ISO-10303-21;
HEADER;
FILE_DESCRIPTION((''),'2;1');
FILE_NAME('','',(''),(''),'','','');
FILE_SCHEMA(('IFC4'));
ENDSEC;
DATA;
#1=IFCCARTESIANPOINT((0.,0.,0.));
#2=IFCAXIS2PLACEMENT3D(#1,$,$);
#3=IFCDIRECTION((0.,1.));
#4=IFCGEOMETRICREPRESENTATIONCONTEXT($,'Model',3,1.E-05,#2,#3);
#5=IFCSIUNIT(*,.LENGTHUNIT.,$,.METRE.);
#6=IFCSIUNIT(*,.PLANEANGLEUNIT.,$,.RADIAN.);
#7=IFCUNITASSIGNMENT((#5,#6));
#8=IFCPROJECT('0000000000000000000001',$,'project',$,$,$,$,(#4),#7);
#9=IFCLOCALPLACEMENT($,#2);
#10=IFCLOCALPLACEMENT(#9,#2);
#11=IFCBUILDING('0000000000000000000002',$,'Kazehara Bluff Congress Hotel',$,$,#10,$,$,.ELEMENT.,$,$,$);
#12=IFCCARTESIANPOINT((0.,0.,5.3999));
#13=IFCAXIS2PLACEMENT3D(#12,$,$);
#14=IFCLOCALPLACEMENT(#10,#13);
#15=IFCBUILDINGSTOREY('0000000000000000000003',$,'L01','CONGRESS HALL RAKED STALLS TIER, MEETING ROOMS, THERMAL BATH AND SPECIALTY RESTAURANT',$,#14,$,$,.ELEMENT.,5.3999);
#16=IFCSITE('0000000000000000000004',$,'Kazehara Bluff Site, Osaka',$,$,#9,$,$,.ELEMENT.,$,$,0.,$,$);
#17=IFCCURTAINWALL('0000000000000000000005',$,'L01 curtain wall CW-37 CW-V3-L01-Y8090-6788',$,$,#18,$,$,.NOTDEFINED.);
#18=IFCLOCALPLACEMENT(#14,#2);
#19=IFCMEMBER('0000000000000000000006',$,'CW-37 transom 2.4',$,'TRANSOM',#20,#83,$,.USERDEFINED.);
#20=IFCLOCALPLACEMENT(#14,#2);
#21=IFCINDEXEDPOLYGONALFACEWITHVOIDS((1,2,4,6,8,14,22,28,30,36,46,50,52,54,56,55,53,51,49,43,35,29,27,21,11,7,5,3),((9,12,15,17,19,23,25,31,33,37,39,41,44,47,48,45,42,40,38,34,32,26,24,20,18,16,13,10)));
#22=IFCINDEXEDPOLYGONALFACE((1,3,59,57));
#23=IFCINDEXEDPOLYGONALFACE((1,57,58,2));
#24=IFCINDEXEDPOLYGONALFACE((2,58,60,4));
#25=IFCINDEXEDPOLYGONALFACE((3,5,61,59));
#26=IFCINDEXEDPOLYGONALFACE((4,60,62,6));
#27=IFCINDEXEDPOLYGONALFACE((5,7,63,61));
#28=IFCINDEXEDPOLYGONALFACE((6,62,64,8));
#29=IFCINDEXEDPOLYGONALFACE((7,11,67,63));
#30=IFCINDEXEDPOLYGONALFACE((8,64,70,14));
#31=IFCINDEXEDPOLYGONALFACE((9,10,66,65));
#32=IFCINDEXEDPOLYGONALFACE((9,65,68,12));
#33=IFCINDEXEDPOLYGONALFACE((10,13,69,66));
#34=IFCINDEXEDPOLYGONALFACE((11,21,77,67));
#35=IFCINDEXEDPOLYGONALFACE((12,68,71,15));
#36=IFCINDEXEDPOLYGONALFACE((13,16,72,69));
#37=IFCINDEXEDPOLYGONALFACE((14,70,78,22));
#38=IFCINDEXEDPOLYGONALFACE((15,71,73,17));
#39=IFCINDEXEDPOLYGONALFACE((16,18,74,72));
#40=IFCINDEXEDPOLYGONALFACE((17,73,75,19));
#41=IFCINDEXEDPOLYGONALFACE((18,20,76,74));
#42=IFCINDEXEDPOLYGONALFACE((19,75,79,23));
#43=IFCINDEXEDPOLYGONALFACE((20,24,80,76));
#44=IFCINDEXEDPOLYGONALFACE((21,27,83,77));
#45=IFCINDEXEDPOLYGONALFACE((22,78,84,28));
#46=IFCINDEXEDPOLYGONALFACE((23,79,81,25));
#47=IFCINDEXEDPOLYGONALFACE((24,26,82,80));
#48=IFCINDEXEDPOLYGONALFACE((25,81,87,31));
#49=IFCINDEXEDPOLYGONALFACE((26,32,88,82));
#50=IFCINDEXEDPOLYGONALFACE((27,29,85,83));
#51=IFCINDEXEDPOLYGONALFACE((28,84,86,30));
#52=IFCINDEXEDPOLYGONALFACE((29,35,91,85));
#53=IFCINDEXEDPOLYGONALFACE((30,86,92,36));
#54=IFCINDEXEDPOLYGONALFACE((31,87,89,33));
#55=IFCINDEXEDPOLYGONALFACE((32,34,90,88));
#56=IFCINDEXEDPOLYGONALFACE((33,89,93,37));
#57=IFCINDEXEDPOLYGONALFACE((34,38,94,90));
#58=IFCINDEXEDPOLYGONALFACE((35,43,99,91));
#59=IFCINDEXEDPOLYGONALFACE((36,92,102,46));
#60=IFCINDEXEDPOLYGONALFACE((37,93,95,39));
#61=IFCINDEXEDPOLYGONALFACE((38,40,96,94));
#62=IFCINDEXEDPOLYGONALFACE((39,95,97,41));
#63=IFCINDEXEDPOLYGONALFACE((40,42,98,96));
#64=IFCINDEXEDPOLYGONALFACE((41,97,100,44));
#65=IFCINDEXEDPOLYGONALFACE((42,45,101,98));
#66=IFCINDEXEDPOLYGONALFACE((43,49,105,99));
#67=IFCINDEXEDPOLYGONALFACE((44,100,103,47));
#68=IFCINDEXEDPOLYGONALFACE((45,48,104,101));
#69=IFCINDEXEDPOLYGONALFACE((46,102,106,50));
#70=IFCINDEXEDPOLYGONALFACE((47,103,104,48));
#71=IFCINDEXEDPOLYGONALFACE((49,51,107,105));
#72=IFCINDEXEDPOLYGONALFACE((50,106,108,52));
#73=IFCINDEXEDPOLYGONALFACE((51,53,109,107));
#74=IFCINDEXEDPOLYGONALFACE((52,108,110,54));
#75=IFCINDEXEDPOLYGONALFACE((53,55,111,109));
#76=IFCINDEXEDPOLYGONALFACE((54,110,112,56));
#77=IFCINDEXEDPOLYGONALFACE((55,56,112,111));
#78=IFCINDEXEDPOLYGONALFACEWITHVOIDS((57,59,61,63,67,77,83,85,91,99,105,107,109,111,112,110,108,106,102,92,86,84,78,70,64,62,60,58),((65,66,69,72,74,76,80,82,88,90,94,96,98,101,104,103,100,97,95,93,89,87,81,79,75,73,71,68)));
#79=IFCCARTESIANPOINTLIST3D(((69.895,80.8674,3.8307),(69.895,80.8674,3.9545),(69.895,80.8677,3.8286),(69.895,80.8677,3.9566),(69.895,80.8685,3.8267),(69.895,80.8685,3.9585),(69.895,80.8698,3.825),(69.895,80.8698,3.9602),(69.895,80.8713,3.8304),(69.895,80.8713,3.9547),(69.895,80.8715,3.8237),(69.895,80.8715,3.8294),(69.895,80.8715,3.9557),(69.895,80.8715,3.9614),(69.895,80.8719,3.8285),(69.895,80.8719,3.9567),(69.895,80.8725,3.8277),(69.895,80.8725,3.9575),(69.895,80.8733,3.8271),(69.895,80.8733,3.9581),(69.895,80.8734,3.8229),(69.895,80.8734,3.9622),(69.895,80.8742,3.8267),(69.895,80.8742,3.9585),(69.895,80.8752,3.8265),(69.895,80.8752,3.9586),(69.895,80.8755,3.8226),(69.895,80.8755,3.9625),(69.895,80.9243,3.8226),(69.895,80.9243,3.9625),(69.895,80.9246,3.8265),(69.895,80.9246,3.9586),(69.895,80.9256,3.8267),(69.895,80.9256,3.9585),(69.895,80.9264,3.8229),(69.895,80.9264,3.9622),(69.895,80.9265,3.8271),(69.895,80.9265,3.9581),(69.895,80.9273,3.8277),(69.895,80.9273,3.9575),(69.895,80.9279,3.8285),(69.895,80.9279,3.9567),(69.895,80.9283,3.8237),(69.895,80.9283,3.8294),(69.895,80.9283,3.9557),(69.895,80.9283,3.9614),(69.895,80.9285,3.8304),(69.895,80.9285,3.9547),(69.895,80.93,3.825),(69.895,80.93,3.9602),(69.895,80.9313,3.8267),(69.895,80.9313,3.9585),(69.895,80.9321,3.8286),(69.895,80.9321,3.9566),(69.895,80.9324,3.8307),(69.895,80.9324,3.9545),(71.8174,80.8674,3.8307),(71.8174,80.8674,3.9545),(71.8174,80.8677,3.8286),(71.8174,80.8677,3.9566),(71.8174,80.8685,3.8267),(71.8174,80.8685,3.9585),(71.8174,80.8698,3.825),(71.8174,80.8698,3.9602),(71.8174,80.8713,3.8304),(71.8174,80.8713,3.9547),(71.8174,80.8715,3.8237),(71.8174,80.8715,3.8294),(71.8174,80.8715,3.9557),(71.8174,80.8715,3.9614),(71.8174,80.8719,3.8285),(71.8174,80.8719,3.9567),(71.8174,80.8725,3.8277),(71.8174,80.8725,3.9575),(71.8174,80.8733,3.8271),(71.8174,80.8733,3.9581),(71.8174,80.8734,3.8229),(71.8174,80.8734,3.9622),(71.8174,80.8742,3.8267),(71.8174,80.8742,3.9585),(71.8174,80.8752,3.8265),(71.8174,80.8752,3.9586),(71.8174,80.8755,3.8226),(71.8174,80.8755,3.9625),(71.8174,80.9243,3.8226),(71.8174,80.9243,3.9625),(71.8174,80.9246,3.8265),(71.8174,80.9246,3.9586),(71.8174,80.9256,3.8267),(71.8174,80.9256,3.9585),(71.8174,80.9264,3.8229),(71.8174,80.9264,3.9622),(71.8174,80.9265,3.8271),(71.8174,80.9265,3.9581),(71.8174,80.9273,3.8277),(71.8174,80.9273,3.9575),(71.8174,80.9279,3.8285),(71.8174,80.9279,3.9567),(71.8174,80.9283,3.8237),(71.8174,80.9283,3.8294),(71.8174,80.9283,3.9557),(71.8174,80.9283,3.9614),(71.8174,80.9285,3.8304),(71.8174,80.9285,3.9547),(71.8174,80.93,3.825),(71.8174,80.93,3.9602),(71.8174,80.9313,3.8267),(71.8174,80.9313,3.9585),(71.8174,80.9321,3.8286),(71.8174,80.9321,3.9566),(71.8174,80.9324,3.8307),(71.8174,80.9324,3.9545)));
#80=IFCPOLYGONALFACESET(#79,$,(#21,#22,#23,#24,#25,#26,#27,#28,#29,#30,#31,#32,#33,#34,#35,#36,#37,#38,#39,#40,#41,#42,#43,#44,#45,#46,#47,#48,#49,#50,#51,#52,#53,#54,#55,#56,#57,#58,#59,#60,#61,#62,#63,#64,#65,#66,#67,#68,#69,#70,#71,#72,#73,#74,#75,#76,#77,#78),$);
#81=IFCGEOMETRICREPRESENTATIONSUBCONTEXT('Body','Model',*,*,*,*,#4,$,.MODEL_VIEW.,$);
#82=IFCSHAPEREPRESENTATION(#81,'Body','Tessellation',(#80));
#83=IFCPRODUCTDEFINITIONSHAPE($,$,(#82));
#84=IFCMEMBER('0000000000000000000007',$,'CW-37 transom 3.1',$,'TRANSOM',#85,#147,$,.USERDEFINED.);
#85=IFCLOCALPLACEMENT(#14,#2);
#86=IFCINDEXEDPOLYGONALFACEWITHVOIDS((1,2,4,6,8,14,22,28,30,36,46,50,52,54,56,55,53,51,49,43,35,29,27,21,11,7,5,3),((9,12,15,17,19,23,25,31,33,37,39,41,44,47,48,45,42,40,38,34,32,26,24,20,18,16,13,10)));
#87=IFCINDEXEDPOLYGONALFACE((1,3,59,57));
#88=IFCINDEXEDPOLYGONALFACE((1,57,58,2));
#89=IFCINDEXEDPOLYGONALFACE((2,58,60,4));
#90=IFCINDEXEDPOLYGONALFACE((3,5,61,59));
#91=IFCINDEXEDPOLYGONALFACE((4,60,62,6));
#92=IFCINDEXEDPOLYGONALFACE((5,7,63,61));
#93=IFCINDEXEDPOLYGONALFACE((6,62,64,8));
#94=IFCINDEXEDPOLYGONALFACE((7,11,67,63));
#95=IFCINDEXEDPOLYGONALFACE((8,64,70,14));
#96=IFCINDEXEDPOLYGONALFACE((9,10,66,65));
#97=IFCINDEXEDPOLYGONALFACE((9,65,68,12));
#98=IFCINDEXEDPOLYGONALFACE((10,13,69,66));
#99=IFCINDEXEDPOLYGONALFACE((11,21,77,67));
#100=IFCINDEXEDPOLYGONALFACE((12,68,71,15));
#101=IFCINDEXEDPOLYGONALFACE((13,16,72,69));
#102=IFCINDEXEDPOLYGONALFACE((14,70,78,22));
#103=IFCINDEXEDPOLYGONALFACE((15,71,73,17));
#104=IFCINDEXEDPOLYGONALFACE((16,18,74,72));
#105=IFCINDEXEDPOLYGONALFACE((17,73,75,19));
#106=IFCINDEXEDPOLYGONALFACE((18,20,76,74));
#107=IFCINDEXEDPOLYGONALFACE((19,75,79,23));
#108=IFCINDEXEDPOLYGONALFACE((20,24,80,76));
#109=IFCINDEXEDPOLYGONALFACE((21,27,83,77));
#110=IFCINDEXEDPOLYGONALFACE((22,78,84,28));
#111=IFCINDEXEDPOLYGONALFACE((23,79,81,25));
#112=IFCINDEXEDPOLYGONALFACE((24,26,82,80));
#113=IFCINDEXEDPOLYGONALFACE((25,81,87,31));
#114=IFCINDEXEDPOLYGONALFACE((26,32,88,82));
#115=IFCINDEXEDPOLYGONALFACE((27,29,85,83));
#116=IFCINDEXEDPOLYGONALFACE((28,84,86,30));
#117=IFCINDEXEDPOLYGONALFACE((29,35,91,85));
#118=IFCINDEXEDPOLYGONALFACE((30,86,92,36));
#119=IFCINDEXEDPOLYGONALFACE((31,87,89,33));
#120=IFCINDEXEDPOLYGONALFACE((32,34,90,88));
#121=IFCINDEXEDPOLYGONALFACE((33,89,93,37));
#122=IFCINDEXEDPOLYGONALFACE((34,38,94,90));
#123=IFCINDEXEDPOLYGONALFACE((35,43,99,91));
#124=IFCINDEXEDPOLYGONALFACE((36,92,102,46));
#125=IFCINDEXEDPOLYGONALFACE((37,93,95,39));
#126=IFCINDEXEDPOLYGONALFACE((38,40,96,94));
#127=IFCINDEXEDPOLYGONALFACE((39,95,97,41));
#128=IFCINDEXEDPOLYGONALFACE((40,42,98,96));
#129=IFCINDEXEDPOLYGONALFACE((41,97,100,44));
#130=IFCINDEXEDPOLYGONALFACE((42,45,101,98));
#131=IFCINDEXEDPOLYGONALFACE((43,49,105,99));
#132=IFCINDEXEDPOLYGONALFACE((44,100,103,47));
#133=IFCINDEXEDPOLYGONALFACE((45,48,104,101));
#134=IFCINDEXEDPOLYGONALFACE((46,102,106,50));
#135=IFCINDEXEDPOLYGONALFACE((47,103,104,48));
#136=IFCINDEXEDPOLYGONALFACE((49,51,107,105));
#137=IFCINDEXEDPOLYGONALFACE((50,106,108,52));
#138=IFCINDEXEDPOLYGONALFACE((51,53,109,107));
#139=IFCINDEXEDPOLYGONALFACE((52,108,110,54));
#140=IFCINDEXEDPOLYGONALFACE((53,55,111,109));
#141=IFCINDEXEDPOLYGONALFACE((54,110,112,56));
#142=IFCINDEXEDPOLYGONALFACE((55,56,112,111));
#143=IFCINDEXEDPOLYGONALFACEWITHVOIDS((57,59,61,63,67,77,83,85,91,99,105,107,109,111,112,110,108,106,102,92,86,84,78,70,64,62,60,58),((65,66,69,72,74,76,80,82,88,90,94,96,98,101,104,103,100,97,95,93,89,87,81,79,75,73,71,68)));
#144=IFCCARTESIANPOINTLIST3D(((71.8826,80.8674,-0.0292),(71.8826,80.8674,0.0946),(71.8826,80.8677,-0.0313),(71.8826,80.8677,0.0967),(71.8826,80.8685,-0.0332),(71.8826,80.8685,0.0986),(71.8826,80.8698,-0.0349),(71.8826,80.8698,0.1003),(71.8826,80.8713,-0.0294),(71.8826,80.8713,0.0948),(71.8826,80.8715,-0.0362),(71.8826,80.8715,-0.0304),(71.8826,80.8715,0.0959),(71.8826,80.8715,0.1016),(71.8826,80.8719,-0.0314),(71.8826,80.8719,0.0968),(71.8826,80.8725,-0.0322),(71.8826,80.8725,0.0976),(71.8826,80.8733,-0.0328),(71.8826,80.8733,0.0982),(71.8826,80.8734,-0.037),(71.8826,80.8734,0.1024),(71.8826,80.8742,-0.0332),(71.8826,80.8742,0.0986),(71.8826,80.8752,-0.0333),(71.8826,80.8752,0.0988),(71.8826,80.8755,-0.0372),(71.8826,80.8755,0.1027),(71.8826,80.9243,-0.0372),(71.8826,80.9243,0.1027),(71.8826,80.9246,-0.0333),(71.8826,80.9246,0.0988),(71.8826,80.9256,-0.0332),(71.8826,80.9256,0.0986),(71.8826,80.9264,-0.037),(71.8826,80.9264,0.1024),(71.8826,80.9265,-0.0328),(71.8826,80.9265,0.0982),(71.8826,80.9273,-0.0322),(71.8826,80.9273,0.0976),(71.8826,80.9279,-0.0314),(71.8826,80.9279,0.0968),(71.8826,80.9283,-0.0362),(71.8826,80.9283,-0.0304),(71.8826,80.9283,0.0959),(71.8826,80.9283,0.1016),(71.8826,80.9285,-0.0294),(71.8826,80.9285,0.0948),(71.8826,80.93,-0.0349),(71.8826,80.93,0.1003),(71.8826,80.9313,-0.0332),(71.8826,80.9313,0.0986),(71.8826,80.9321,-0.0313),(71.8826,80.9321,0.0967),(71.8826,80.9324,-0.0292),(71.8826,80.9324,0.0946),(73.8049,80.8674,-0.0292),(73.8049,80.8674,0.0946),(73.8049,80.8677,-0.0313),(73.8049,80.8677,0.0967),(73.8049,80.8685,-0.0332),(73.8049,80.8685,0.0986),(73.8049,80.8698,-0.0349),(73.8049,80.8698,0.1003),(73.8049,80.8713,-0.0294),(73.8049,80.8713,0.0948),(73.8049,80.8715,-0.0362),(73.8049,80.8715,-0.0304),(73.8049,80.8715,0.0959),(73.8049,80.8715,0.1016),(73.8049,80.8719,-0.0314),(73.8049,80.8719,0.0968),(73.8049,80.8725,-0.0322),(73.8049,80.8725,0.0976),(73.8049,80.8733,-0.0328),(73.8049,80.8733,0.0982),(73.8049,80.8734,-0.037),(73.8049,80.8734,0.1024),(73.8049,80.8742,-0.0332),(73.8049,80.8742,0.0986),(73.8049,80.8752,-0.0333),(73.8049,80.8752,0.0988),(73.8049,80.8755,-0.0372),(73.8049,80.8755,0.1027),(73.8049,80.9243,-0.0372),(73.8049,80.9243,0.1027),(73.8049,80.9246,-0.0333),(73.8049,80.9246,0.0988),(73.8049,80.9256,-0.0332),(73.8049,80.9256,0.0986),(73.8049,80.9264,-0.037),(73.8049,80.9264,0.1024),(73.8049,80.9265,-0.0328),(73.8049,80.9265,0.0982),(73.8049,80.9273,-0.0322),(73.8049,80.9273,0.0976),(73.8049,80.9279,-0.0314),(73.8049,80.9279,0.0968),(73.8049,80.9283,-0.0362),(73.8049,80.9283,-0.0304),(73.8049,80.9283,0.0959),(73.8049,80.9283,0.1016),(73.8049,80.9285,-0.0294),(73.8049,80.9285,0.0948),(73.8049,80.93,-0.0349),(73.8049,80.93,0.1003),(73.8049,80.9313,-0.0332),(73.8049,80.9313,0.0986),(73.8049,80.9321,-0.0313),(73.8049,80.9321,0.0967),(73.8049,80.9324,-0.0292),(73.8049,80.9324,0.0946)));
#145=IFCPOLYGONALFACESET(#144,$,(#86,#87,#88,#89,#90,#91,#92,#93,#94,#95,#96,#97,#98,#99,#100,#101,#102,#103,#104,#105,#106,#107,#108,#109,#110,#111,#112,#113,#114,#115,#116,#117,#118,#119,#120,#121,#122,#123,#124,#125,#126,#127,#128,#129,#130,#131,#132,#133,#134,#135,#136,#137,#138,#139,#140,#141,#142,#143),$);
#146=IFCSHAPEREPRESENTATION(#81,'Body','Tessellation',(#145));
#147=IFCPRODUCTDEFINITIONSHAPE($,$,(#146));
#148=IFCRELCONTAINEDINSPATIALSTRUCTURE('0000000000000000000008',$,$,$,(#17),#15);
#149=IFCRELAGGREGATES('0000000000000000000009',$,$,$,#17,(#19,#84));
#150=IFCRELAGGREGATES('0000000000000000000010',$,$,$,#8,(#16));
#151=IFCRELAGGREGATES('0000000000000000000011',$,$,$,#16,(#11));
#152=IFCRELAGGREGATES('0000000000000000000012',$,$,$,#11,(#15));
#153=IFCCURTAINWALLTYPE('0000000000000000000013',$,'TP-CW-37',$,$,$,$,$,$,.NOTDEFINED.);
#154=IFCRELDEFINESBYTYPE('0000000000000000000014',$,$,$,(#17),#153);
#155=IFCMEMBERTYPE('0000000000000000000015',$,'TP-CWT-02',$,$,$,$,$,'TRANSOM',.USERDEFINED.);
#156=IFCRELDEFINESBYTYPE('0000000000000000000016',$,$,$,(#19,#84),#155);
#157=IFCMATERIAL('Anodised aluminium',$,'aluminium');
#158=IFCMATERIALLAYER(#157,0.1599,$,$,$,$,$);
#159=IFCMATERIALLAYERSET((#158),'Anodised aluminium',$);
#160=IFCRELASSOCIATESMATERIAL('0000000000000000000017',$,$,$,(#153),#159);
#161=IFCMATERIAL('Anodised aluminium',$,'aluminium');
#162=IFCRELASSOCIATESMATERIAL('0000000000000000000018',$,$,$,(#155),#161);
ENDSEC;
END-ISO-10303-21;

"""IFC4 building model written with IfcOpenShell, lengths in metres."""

from ifc_helpers import new_model, si_unit, direction, frame, origin, origin_2d, place, context, subcontext, project, spatial, hollow_rectangle, extrude, material, layer, layer_set, material_profile, profile_set, type_object, element, aggregate, save


model = new_model("IFC4")

# Units and contexts
model_context = context("Model", 3, precision=1e-05, world=origin(), true_north=direction((0.0, 1.0)))
body_context = subcontext(model_context, "Body", "Model", "MODEL_VIEW")
ifc_project = project(units=[si_unit("LENGTHUNIT", "METRE"), si_unit("PLANEANGLEUNIT", "RADIAN")], contexts=[model_context])

# Site, building, storey
site_placement = place(None, origin())
site = spatial("IfcSite", under=ifc_project, at=site_placement, Name="Kazehara Bluff Site, Osaka", CompositionType="ELEMENT", RefElevation=0.0)
building_placement = place(site_placement, origin())
building = spatial("IfcBuilding", under=site, at=building_placement, Name="Kazehara Bluff Congress Hotel", CompositionType="ELEMENT")
storey_placement = place(building_placement, frame((0.0, 0.0, 5.3999)))
storey = spatial("IfcBuildingStorey", under=building, at=storey_placement, Name="L01", Description="CONGRESS HALL RAKED STALLS TIER, MEETING ROOMS, THERMAL BATH AND SPECIALTY RESTAURANT", CompositionType="ELEMENT", Elevation=5.3999)

# Curtain wall, members
ifc_material_1 = material(Name="Anodised aluminium", Category="aluminium")
ifc_layer_1 = layer(ifc_material_1, 0.1599)
ifc_layer_set_1 = layer_set([ifc_layer_1], Name="Anodised aluminium")
curtain_wall_type = type_object("IfcCurtainWallType", Name="TP-CW-37", PredefinedType="NOTDEFINED", material=ifc_layer_set_1)
curtain_wall_placement = place(storey_placement, origin())
curtain_wall = element("IfcCurtainWall", 1, at=curtain_wall_placement, inside=storey, type_object=curtain_wall_type, Name="L01 curtain wall CW-37 CW-V3-L01-Y8090-6788", PredefinedType="NOTDEFINED")
ifc_material_2 = material(Name="Anodised aluminium", Category="aluminium")
ifc_material_profile_1 = material_profile(ifc_material_2, hollow_rectangle(XDim=0.0649, YDim=0.1399, WallThickness=0.0039, InnerFilletRadius=0.0039, OuterFilletRadius=0.0081, at=origin_2d()))
ifc_profile_set_1 = profile_set([ifc_material_profile_1], Name="Anodised aluminium")
member_type_1 = type_object("IfcMemberType", Name="TP-CWT-02", ElementType="TRANSOM", PredefinedType="USERDEFINED", material=ifc_profile_set_1)
member_1_placement = place(storey_placement, frame((69.895, 80.8999, 3.8926), z_axis=(1.0, 0.0, 0.0), x_axis=(0.0, 1.0, 0.0)))
member_1 = element("IfcMember", 2, at=member_1_placement, type_object=member_type_1, Name="CW-37 transom 2.4", ObjectType="TRANSOM", PredefinedType="USERDEFINED", context=body_context, shape_type="SweptSolid", body=[
    extrude(hollow_rectangle(XDim=0.0649, YDim=0.1399, WallThickness=0.0039, InnerFilletRadius=0.0039, OuterFilletRadius=0.0081, at=origin_2d()), origin(), (0.0, 0.0, 1.0), 1.9224),
])
member_2_placement = place(storey_placement, frame((71.8826, 80.8999, 0.0327), z_axis=(1.0, 0.0, 0.0), x_axis=(0.0, 1.0, 0.0)))
member_2 = element("IfcMember", 3, at=member_2_placement, type_object=member_type_1, Name="CW-37 transom 3.1", ObjectType="TRANSOM", PredefinedType="USERDEFINED", context=body_context, shape_type="SweptSolid", body=[
    extrude(hollow_rectangle(XDim=0.0649, YDim=0.1399, WallThickness=0.0039, InnerFilletRadius=0.0039, OuterFilletRadius=0.0081, at=origin_2d()), origin(), (0.0, 0.0, 1.0), 1.9224),
])
aggregate(curtain_wall, [member_1, member_2])

save(model, "model.ifc")
